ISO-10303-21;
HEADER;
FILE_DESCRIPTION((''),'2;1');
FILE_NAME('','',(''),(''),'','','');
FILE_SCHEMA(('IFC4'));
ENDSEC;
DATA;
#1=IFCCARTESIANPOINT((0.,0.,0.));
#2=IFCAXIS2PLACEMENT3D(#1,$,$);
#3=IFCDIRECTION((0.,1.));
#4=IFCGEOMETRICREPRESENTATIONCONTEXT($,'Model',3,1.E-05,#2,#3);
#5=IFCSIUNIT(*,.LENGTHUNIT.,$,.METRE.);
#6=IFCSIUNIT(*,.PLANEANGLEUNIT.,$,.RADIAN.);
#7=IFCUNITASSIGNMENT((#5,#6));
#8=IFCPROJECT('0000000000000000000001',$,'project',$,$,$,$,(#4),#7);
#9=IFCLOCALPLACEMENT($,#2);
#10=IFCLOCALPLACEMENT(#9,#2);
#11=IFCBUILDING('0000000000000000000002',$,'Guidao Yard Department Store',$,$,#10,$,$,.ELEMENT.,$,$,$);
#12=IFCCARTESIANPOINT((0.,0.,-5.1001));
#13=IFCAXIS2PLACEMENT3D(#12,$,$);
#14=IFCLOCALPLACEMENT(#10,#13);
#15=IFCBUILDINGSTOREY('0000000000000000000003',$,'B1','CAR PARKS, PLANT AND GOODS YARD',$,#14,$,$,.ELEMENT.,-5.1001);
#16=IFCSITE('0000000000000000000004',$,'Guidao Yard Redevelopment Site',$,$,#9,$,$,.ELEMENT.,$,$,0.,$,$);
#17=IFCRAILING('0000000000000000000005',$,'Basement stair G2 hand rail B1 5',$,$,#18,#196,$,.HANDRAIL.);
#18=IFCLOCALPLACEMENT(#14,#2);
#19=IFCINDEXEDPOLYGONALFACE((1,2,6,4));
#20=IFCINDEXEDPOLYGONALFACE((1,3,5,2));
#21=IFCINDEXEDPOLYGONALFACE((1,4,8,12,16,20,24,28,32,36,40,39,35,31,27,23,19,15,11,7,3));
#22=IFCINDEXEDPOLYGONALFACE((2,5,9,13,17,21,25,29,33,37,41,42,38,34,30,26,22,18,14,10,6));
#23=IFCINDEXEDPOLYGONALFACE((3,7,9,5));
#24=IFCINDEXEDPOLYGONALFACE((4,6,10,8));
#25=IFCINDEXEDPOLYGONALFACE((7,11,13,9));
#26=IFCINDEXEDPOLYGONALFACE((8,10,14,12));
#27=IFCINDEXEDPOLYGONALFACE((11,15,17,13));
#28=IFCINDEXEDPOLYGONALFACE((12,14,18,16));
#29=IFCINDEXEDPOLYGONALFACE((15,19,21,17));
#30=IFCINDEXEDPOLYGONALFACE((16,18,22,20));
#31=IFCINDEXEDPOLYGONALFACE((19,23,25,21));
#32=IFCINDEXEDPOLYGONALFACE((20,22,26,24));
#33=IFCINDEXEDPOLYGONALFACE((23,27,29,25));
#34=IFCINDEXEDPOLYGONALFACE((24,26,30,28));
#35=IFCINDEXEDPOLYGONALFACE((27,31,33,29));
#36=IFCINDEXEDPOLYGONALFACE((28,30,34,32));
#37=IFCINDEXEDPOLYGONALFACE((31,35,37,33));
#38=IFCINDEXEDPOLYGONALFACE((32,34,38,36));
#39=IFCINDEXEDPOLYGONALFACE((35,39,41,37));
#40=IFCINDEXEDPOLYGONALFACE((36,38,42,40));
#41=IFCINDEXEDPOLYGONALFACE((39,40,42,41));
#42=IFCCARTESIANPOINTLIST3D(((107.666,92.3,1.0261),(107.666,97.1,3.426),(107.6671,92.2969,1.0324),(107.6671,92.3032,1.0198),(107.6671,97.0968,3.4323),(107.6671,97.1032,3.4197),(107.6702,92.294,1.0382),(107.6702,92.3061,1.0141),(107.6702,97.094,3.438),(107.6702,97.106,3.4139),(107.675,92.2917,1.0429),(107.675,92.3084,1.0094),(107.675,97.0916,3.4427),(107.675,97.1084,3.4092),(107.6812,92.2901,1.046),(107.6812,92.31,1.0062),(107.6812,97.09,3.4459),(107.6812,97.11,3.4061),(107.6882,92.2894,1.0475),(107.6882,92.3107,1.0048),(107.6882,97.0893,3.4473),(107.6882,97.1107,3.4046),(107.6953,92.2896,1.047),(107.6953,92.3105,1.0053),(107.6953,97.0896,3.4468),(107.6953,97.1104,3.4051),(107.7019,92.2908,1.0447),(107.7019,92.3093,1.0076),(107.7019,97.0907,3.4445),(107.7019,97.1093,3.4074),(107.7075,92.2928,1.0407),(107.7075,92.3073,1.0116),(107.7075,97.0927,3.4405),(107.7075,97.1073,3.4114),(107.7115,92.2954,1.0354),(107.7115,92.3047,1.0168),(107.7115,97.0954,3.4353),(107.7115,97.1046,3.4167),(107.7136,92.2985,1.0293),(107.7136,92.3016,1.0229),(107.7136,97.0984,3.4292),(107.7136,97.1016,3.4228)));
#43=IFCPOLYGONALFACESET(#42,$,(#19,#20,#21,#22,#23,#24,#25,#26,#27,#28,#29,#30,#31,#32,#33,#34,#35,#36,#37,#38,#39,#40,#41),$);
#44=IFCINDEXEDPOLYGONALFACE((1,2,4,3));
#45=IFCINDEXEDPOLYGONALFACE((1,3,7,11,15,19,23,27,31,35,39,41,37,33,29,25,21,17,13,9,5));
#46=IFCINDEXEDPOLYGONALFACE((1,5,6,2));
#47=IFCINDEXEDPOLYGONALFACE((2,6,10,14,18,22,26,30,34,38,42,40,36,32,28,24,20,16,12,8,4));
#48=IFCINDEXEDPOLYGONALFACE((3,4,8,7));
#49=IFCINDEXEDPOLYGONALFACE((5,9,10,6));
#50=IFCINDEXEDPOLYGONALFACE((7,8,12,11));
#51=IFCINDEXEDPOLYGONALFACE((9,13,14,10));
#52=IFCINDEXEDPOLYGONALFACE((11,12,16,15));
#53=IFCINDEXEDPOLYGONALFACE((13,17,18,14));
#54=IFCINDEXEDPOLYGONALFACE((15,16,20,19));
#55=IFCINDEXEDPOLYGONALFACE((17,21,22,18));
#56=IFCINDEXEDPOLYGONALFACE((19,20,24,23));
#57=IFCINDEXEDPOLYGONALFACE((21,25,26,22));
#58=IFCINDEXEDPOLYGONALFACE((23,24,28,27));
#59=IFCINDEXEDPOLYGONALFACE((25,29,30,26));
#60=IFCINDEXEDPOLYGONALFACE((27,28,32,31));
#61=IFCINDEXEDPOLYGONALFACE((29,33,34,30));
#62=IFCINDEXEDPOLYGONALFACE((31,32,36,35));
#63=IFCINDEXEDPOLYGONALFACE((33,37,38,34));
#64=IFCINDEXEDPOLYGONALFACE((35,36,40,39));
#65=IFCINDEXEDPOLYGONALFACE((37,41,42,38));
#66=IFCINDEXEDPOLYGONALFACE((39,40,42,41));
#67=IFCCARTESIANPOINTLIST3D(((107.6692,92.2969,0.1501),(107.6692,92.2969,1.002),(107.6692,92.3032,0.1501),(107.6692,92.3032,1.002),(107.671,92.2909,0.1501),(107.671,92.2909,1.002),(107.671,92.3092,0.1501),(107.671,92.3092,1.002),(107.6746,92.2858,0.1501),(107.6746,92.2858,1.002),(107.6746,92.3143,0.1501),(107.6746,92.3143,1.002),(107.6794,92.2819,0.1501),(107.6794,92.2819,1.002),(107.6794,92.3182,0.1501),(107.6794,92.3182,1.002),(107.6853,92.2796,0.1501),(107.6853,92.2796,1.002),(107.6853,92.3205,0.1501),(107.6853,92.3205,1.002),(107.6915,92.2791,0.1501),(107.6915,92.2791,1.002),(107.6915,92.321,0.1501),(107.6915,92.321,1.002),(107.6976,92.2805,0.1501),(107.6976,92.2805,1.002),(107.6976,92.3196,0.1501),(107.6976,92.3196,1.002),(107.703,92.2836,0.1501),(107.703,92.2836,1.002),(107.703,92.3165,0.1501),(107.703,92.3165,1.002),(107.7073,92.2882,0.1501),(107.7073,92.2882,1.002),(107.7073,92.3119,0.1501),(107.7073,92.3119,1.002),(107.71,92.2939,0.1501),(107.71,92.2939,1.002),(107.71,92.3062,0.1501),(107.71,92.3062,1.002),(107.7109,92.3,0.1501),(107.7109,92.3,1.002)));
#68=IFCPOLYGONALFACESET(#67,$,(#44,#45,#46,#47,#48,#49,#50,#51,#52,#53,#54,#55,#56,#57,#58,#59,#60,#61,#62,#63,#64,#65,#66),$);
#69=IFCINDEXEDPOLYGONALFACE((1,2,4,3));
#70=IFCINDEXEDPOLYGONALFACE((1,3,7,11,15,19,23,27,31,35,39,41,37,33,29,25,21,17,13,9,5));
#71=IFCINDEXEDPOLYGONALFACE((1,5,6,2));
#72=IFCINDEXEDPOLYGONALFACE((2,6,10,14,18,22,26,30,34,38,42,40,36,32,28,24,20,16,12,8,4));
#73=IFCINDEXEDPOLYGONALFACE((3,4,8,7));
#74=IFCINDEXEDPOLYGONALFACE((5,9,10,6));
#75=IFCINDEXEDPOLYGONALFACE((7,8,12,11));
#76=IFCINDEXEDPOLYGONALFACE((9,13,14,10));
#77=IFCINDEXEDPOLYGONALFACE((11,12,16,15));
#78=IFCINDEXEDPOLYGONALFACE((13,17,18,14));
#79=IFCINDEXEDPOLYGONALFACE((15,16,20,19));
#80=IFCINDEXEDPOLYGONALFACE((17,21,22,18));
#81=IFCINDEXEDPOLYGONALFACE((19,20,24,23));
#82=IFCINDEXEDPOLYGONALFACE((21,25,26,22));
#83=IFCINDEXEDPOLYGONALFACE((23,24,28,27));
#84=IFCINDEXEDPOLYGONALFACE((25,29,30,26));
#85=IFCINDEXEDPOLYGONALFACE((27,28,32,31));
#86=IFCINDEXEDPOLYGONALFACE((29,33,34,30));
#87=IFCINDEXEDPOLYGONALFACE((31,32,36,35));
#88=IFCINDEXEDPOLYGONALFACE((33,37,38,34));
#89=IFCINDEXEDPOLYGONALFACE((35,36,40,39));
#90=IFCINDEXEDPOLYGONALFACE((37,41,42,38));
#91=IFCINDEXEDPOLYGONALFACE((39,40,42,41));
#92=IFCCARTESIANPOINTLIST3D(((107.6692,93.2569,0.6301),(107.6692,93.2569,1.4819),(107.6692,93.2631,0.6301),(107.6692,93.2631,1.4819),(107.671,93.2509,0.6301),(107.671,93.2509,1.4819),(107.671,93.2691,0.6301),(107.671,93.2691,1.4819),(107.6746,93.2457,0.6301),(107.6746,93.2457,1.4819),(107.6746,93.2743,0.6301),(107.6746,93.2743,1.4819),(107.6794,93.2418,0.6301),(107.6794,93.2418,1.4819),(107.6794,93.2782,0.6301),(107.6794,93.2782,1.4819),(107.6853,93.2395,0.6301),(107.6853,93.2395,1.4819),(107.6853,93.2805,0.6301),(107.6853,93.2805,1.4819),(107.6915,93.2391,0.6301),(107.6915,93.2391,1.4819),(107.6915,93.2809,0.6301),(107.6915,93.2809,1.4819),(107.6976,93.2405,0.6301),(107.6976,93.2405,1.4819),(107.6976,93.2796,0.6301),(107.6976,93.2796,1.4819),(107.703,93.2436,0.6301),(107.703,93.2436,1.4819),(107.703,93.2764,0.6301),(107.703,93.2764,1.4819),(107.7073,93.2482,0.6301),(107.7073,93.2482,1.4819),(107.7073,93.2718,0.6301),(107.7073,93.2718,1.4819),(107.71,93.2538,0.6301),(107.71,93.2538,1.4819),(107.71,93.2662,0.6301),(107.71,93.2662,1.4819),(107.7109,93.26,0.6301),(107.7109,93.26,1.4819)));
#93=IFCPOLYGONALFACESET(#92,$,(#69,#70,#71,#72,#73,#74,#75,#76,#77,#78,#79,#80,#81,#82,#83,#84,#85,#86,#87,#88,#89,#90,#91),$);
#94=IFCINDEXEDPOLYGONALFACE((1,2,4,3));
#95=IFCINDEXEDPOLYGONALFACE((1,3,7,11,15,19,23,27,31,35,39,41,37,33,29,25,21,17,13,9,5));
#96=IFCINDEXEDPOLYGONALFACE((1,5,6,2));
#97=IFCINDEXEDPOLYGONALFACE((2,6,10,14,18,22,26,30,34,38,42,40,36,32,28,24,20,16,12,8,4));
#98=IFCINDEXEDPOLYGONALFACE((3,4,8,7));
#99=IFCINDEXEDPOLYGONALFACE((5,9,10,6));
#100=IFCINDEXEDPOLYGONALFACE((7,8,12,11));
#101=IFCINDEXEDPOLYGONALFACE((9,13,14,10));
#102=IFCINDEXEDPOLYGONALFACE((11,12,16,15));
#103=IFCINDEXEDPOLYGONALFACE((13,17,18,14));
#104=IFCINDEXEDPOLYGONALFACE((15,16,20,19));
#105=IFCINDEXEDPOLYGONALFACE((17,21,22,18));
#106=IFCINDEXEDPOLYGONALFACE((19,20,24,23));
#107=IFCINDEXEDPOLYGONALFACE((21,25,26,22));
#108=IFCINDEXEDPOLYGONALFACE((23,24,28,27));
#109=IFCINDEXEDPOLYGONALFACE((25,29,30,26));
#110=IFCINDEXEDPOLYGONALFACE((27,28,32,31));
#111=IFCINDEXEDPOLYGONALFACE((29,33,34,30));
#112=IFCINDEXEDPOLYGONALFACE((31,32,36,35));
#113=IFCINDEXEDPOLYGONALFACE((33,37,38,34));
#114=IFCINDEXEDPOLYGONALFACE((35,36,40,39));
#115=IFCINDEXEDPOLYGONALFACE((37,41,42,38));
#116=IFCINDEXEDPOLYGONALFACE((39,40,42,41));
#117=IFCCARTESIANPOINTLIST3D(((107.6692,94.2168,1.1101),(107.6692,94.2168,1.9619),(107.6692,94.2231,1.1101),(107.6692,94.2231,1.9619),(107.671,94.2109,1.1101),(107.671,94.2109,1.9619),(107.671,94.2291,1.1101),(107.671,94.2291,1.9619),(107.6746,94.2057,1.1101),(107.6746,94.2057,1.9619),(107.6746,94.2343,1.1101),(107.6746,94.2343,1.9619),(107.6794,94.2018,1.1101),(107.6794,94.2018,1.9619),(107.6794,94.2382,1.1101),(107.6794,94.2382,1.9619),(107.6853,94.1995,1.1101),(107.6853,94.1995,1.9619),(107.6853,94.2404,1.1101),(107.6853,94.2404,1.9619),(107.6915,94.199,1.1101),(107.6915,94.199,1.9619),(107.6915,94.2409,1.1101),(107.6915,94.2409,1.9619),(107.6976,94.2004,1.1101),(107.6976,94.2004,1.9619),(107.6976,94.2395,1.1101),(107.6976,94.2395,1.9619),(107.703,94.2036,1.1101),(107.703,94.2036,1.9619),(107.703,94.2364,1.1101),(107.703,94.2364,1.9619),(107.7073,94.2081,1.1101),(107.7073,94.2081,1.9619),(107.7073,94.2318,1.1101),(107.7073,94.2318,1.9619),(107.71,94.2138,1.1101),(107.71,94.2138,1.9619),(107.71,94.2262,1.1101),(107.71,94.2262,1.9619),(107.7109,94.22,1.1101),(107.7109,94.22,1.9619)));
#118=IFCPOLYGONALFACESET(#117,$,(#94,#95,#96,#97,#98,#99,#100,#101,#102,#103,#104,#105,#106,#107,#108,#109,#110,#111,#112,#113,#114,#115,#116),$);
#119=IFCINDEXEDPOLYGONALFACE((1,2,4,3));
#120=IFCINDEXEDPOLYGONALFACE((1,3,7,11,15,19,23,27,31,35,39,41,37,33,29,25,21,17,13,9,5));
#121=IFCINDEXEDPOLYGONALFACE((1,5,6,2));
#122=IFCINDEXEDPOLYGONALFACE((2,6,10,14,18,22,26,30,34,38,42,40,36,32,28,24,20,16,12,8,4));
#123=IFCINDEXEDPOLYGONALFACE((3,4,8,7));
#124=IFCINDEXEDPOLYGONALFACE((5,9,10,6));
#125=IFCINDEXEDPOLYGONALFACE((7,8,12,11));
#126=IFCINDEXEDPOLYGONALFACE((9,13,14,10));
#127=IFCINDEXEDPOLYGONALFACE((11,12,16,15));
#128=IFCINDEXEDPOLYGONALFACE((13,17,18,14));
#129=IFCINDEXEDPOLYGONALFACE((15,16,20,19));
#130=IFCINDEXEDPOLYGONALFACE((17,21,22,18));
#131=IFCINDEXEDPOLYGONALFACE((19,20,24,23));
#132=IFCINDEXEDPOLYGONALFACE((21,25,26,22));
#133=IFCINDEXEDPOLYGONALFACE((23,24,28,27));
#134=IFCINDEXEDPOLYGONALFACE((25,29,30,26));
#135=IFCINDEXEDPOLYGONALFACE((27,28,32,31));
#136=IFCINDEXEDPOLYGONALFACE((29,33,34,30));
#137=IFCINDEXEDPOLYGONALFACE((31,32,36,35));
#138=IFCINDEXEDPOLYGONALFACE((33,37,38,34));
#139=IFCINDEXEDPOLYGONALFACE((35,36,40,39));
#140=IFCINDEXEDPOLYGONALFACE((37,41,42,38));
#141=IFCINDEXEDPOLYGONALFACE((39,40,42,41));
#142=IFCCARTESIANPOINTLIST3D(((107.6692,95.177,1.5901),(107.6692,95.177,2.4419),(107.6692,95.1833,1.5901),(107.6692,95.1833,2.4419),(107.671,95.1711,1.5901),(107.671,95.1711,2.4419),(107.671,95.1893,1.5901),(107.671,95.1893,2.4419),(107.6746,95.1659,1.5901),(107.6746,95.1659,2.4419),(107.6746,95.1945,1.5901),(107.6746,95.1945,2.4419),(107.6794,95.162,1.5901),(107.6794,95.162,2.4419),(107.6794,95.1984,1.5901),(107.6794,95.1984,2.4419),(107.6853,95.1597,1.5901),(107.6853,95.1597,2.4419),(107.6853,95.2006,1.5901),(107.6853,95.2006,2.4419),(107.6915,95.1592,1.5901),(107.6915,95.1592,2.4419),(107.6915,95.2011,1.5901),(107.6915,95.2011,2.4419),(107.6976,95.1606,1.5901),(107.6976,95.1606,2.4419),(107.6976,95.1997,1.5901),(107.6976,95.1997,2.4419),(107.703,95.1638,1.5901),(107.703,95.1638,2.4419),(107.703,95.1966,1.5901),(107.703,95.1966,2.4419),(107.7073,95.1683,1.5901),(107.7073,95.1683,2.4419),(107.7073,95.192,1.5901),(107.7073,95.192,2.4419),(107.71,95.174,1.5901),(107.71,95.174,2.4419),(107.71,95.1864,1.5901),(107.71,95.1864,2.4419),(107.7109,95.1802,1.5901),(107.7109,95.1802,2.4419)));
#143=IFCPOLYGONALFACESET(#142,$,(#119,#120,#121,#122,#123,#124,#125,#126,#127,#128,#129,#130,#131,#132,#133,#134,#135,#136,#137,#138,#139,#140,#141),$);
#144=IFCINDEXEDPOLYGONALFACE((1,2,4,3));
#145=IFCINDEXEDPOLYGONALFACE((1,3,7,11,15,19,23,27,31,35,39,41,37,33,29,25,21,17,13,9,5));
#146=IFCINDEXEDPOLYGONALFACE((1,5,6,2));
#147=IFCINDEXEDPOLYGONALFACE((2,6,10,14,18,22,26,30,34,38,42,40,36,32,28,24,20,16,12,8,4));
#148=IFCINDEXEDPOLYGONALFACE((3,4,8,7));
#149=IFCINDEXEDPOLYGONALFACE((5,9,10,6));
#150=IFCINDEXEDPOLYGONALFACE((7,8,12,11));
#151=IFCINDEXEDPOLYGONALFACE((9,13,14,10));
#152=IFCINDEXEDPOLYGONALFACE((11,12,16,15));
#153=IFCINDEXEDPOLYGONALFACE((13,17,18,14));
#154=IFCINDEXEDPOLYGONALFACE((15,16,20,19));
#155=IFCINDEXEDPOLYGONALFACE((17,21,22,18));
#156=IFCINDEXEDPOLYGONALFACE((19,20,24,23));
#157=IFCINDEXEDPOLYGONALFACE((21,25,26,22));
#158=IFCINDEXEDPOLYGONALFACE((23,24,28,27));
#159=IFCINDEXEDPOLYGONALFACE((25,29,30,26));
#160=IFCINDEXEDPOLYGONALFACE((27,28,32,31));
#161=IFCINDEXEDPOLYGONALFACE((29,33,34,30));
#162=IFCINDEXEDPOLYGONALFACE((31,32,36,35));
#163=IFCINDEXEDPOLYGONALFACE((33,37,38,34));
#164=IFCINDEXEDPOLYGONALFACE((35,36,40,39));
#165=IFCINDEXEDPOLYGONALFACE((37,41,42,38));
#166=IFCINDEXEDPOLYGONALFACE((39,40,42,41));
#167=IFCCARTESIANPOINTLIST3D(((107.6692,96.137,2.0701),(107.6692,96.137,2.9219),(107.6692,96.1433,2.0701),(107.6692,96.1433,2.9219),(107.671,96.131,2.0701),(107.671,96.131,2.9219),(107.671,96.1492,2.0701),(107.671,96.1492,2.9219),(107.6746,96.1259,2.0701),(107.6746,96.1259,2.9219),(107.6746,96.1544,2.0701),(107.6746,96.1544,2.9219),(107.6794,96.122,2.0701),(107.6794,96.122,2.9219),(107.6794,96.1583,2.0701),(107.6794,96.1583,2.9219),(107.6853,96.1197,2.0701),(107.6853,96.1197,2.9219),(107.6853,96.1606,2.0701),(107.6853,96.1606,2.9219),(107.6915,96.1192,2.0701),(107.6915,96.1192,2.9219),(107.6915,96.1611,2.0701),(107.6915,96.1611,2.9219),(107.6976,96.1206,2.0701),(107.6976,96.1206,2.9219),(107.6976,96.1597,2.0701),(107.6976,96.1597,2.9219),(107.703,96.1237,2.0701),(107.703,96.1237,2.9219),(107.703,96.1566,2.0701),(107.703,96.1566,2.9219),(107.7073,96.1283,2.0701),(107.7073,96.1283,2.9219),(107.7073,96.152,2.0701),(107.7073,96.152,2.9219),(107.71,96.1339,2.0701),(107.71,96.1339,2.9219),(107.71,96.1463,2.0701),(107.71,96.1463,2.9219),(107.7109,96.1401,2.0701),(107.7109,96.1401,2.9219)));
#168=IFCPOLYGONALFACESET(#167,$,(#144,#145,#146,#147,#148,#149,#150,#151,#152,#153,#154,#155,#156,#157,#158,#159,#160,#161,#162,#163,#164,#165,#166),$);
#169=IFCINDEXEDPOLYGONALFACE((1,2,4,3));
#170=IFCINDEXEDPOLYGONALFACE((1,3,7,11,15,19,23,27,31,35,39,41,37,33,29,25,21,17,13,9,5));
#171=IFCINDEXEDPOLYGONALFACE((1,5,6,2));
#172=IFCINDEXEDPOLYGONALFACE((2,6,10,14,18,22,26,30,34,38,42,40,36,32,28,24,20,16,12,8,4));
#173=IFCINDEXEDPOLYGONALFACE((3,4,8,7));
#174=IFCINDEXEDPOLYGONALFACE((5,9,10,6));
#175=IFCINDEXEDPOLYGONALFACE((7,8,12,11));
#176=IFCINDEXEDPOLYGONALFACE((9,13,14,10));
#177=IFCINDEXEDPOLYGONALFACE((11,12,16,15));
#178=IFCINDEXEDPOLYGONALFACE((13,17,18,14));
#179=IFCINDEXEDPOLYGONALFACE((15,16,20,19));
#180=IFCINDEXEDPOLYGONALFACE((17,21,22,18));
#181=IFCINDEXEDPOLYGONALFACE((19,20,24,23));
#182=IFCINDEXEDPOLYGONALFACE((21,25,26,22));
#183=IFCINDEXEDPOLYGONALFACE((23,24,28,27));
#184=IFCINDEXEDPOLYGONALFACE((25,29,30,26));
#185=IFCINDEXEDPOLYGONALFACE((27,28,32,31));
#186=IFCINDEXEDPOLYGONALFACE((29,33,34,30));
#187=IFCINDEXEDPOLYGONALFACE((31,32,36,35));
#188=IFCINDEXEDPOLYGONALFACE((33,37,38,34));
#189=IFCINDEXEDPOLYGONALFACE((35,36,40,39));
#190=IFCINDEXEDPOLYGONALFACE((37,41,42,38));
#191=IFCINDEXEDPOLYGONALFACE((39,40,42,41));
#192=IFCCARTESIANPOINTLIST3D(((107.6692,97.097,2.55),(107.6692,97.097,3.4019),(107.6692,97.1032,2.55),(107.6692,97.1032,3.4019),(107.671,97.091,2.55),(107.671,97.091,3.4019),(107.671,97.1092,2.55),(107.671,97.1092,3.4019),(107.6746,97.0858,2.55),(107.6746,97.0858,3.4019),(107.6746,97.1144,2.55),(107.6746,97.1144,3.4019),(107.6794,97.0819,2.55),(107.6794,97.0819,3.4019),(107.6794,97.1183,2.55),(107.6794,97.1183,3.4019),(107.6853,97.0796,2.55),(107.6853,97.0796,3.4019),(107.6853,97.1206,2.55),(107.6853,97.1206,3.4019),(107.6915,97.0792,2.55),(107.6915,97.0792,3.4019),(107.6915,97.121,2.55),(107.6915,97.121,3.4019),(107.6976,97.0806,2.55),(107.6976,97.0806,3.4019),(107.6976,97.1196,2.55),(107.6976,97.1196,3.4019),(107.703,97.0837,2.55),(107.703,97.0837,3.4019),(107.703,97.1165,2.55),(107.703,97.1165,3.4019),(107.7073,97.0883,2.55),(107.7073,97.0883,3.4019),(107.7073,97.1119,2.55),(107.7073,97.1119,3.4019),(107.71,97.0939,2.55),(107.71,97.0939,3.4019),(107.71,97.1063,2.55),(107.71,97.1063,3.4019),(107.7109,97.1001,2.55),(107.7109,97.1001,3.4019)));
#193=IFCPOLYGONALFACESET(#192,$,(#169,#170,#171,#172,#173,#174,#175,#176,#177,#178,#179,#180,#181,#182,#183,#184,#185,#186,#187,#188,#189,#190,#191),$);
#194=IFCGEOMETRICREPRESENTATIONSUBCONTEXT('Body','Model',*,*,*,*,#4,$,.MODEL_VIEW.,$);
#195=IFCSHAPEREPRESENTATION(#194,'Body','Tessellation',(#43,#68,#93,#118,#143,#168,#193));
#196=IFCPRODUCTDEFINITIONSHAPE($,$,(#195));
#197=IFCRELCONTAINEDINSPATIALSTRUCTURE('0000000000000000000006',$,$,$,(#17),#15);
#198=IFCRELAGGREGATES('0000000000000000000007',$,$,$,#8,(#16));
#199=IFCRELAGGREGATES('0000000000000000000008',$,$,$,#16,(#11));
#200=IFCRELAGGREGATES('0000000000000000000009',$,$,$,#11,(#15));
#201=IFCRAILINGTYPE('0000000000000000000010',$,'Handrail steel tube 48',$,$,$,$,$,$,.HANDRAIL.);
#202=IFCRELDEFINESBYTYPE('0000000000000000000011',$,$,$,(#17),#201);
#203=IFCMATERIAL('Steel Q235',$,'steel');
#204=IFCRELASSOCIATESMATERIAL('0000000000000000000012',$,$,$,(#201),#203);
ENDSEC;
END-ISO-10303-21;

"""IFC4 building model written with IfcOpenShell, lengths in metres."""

from ifc_helpers import new_model, si_unit, direction, frame, origin, origin_2d, place, context, subcontext, project, spatial, circle, extrude, material, type_object, element, save


model = new_model("IFC4")

# Units and contexts
model_context = context("Model", 3, precision=1e-05, world=origin(), true_north=direction((0.0, 1.0)))
body_context = subcontext(model_context, "Body", "Model", "MODEL_VIEW")
ifc_project = project(units=[si_unit("LENGTHUNIT", "METRE"), si_unit("PLANEANGLEUNIT", "RADIAN")], contexts=[model_context])

# Site, building, storey
site_placement = place(None, origin())
site = spatial("IfcSite", under=ifc_project, at=site_placement, Name="Guidao Yard Redevelopment Site", CompositionType="ELEMENT", RefElevation=0.0)
building_placement = place(site_placement, origin())
building = spatial("IfcBuilding", under=site, at=building_placement, Name="Guidao Yard Department Store", CompositionType="ELEMENT")
storey_placement = place(building_placement, frame((0.0, 0.0, -5.1001)))
storey = spatial("IfcBuildingStorey", under=building, at=storey_placement, Name="B1", Description="CAR PARKS, PLANT AND GOODS YARD", CompositionType="ELEMENT", Elevation=-5.1001)

# Railing
ifc_material_1 = material(Name="Steel Q235", Category="steel")
railing_type_1 = type_object("IfcRailingType", Name="Handrail steel tube 48", PredefinedType="HANDRAIL", material=ifc_material_1)
for number, where, name in (
    (1, (107.6899, 92.3, 0.1501), "Basement stair G2 hand rail B1 5"),
):
    element("IfcRailing", number, at=place(storey_placement, frame(where)), inside=storey, type_object=railing_type_1, Name=name, PredefinedType="HANDRAIL", context=body_context, shape_type="SweptSolid", body=[
        extrude(circle(Radius=0.0239, at=origin_2d()), frame((0.0, 0.0, 0.876), z_axis=(0.0, 0.894436, 0.447195), x_axis=(-1.0, 0.0, 0.0)), (0.0, 0.0, 1.0), 5.3665),
        extrude(circle(Radius=0.021, at=origin_2d()), origin(), (0.0, 0.0, 1.0), 0.8518),
        extrude(circle(Radius=0.021, at=origin_2d()), frame((0.0, 0.96, 0.48)), (0.0, 0.0, 1.0), 0.8518),
        extrude(circle(Radius=0.021, at=origin_2d()), frame((0.0, 1.9199, 0.96)), (0.0, 0.0, 1.0), 0.8518),
        extrude(circle(Radius=0.021, at=origin_2d()), frame((0.0, 2.8801, 1.4399)), (0.0, 0.0, 1.0), 0.8518),
        extrude(circle(Radius=0.021, at=origin_2d()), frame((0.0, 3.8401, 1.9199)), (0.0, 0.0, 1.0), 0.8518),
        extrude(circle(Radius=0.021, at=origin_2d()), frame((0.0, 4.8, 2.3999)), (0.0, 0.0, 1.0), 0.8518),
    ])

save(model, "model.ifc")
